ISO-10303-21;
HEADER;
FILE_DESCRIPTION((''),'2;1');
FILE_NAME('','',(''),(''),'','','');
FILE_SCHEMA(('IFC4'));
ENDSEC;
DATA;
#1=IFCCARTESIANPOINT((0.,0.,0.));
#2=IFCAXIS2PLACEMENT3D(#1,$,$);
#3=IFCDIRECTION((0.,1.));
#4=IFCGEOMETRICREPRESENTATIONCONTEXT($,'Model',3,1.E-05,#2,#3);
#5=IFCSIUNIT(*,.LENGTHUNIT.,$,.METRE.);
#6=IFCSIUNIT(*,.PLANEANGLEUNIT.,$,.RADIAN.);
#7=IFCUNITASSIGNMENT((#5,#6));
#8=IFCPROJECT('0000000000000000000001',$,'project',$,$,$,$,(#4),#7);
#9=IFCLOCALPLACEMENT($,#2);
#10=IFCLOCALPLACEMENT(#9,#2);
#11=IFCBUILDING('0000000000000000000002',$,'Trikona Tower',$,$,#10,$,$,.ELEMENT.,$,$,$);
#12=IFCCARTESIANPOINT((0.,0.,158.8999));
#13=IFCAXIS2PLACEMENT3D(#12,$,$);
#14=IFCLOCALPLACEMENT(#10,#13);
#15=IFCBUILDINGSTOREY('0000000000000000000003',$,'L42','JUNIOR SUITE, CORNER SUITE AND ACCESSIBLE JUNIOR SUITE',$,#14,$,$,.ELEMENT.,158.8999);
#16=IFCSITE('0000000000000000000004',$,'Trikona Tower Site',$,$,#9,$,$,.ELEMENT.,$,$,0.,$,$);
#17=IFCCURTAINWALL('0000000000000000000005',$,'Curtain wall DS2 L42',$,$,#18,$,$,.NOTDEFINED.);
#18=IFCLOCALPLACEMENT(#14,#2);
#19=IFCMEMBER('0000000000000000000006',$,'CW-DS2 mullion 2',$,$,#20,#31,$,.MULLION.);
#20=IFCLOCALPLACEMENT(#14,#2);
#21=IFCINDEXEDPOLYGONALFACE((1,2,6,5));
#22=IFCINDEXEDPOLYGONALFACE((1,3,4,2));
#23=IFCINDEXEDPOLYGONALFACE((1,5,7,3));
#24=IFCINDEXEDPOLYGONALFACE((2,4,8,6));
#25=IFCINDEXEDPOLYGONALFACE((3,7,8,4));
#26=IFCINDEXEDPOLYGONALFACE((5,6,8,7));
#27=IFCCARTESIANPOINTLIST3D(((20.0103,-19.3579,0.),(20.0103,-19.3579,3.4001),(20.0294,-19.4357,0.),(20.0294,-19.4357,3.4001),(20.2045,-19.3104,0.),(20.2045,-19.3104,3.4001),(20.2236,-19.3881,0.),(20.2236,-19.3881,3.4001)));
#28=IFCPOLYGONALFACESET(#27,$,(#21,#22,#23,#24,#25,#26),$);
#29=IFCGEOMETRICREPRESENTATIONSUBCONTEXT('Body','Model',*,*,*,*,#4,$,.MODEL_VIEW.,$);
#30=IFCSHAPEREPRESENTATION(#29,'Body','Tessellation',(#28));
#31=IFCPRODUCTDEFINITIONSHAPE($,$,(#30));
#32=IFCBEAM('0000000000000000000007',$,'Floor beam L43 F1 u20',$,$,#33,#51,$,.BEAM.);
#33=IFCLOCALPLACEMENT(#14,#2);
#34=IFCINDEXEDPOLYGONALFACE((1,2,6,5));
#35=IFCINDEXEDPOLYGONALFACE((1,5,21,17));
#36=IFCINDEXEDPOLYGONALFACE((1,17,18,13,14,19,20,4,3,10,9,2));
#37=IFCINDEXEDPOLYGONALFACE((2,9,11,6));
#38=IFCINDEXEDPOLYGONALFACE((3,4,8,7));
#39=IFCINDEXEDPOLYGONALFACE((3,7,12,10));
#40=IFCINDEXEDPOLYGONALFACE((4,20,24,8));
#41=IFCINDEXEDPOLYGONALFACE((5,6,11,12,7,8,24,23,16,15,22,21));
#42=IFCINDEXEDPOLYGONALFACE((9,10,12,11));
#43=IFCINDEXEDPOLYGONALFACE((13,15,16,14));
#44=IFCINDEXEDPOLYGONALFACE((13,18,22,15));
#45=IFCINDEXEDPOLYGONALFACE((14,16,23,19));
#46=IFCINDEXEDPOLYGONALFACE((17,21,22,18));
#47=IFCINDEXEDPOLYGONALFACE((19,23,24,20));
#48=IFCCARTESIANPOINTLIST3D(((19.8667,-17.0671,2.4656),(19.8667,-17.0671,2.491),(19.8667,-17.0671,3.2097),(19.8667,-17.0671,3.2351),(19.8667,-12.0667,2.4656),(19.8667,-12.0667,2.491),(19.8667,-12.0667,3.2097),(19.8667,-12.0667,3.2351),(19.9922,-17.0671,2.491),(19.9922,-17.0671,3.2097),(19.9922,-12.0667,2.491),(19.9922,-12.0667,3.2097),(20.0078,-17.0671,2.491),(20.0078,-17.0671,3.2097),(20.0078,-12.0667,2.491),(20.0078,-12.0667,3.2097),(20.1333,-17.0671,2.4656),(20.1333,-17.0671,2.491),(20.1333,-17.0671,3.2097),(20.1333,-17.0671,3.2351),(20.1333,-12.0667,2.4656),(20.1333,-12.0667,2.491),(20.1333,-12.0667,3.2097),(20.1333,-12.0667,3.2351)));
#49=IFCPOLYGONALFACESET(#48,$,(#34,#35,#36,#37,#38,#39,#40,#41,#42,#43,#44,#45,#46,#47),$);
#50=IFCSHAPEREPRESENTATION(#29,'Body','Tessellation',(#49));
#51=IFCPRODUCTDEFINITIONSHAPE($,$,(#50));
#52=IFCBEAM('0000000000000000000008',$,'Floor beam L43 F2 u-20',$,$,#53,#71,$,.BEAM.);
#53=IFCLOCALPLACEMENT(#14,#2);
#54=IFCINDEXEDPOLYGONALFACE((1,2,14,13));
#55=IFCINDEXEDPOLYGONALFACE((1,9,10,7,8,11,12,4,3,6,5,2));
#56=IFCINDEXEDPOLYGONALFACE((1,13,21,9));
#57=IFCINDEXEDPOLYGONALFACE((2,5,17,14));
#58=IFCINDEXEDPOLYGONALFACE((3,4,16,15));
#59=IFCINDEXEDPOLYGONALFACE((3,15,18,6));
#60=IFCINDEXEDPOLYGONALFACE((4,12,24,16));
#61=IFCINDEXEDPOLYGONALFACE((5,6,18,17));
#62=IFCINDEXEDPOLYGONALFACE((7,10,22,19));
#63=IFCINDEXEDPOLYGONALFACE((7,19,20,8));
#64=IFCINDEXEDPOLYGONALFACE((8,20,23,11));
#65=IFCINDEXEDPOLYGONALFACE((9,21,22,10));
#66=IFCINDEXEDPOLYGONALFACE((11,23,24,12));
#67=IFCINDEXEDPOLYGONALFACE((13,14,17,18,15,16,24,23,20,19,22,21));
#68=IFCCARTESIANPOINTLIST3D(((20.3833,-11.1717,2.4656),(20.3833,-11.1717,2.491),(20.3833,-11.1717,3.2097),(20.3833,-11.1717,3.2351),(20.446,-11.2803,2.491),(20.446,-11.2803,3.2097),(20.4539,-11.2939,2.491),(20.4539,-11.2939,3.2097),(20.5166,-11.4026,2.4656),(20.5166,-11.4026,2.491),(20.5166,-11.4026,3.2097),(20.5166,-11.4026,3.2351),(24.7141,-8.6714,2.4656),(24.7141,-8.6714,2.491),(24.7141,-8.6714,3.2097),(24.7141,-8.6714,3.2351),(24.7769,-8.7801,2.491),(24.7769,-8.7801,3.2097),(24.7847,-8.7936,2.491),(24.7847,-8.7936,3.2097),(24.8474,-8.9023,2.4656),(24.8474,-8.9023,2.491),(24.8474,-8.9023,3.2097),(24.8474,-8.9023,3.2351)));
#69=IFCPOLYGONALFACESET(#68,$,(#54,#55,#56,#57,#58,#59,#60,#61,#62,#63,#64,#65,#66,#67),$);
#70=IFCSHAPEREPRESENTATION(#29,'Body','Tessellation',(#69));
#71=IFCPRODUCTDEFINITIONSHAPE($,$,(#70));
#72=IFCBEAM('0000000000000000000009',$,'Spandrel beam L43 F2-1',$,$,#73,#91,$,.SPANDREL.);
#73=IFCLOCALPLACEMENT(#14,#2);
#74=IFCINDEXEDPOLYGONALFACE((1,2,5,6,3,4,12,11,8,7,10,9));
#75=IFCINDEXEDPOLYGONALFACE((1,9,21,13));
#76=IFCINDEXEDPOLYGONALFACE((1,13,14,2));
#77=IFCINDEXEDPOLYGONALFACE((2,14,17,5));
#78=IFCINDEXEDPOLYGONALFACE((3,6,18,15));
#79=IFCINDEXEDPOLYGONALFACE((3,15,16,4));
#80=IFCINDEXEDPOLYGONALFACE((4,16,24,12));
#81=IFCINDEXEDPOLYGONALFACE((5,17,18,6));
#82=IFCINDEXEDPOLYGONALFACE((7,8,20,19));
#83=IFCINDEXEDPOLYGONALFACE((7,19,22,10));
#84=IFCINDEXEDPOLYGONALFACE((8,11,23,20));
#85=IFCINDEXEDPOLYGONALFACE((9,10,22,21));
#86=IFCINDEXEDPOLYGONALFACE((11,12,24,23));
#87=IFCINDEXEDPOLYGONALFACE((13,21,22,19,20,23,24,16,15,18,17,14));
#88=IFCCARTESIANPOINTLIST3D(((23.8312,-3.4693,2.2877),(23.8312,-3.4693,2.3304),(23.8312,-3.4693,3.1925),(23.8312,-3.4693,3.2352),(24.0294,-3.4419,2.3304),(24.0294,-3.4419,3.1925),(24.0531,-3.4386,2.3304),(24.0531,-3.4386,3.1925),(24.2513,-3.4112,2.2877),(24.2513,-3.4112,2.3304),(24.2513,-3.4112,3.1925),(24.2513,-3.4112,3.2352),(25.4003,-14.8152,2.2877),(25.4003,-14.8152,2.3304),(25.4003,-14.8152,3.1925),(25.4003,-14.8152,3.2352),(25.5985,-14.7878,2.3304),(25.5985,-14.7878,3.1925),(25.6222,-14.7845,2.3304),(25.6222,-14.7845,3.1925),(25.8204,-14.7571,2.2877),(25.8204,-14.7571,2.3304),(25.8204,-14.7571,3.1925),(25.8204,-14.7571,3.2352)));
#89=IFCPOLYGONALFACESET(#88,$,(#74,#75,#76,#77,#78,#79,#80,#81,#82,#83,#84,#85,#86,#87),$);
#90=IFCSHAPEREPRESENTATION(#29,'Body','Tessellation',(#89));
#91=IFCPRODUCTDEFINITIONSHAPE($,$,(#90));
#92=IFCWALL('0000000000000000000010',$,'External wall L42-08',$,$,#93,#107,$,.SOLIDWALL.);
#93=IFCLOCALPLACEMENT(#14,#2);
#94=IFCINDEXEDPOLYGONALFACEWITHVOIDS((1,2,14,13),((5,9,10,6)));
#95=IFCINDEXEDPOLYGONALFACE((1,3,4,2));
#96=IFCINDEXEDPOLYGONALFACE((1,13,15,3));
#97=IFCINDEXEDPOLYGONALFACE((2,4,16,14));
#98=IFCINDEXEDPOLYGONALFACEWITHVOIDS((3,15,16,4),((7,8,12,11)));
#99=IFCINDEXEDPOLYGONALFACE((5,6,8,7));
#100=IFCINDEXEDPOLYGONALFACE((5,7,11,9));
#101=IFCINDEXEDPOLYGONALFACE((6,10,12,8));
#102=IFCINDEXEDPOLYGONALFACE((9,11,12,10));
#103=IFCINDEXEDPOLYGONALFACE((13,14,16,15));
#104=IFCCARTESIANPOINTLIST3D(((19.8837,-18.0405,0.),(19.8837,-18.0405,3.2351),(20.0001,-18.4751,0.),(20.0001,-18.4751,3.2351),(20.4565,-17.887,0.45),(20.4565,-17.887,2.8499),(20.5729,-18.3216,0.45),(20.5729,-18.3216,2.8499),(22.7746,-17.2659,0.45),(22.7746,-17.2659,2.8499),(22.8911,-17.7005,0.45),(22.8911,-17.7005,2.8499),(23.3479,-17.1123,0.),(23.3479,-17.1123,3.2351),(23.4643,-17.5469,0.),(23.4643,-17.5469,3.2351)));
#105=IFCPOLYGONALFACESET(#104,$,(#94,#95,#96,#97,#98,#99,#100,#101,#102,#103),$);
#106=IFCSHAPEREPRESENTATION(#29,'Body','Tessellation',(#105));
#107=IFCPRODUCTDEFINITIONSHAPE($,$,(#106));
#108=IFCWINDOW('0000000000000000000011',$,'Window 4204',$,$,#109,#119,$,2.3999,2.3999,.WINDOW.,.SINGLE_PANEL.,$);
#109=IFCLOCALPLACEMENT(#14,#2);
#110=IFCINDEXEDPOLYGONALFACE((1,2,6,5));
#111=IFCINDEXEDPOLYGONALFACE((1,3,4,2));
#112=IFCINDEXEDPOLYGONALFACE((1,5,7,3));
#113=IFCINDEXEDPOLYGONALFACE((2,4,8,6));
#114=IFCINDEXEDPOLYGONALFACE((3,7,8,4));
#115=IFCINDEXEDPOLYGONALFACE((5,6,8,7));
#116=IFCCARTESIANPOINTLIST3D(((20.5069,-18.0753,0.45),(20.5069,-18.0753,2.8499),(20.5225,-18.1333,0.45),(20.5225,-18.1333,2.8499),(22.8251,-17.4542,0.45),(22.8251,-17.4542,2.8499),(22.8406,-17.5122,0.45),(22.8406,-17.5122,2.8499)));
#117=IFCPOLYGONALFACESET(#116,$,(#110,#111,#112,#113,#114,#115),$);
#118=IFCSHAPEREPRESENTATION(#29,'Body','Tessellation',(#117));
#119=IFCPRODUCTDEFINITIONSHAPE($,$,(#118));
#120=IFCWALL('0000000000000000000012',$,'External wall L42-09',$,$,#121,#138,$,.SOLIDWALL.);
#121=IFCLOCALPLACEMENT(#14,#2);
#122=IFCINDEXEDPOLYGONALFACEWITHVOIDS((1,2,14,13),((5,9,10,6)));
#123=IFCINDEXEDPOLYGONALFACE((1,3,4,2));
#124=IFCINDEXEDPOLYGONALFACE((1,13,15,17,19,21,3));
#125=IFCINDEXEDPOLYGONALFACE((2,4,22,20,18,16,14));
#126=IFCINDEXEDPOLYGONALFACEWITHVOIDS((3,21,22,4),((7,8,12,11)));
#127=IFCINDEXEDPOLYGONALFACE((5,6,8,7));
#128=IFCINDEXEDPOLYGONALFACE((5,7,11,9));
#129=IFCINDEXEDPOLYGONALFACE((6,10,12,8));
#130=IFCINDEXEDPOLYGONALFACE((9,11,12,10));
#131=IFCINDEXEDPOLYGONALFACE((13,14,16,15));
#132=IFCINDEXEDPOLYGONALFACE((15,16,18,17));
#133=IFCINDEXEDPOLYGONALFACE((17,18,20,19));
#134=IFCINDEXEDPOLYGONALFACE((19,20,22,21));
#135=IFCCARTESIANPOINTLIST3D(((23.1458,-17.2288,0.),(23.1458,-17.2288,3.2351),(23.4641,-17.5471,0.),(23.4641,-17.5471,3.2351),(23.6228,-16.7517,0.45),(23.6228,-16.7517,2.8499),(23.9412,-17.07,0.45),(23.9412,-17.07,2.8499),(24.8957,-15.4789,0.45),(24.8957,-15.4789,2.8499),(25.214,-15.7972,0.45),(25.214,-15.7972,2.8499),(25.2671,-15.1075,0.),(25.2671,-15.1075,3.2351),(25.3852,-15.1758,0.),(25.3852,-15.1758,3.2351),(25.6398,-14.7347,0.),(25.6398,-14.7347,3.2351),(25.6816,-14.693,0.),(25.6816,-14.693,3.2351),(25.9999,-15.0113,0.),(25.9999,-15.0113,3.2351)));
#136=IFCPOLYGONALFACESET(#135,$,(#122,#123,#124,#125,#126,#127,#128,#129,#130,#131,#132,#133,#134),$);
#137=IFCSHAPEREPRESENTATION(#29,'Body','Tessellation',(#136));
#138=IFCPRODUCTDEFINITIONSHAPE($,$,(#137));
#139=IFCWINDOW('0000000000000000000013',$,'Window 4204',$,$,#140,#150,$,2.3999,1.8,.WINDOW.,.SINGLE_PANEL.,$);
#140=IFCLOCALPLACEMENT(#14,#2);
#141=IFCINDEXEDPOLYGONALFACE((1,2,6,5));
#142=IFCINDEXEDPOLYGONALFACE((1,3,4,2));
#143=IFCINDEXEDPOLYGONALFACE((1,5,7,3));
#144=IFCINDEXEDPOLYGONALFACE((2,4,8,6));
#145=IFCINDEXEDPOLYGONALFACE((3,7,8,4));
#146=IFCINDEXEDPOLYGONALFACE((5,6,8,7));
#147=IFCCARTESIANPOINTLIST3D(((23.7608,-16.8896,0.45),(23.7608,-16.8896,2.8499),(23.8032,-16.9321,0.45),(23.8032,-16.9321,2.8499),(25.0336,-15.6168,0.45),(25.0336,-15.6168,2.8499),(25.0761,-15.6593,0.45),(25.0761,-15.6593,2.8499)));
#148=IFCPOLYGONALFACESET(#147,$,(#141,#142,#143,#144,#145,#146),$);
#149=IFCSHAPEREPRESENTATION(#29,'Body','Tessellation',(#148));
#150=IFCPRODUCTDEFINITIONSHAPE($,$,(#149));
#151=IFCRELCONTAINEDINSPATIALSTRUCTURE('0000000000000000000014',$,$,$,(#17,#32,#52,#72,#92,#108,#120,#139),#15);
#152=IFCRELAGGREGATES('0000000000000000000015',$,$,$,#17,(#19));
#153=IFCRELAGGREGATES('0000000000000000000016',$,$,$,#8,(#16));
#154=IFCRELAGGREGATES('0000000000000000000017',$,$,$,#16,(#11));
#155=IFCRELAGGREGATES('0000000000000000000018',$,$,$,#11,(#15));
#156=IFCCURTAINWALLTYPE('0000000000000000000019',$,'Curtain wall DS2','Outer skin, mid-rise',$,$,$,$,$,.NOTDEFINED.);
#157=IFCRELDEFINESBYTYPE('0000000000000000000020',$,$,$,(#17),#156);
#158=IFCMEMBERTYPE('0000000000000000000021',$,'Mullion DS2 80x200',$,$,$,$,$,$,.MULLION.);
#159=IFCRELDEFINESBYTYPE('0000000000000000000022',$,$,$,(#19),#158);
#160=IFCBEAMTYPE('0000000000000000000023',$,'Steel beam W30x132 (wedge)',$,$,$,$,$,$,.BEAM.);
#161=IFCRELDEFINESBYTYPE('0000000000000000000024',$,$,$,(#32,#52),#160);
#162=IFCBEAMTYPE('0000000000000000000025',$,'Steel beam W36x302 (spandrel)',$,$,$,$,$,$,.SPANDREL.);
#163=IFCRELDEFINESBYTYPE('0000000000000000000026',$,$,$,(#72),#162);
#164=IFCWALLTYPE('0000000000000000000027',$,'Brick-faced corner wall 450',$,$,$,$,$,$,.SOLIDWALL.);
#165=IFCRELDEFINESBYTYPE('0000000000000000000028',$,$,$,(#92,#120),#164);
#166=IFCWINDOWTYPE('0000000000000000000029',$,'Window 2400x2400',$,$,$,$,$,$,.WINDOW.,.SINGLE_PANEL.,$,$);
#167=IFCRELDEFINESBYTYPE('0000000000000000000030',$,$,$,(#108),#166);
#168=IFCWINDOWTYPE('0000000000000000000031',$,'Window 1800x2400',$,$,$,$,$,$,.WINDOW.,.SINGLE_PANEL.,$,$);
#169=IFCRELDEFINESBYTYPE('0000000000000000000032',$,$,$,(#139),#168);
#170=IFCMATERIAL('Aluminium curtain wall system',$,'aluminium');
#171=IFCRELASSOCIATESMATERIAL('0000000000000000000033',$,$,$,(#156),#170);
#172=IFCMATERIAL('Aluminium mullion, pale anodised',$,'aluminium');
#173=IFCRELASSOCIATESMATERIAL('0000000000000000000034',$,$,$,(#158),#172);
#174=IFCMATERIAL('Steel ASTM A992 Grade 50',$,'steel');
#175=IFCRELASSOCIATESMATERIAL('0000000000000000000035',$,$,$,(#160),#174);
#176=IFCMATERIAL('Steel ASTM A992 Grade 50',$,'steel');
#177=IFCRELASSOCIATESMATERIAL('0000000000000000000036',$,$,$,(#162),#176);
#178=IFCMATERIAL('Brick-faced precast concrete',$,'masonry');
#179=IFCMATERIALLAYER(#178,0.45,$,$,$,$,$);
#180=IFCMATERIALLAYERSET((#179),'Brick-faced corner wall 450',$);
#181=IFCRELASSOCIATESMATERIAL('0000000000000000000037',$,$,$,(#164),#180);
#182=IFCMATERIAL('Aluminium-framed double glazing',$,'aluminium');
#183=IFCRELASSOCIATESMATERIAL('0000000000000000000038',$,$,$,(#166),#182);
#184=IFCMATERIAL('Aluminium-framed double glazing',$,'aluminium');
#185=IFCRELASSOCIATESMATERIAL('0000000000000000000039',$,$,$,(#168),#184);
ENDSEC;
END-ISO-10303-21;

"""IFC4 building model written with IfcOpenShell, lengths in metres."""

from ifc_helpers import new_model, si_unit, direction, frame, frame_2d, origin, origin_2d, place, context, subcontext, project, spatial, polyline, rectangle, i_section, outline, extrude, material, layer, layer_set, material_profile, profile_set, type_object, element, fill, aggregate, save


model = new_model("IFC4")

# Units and contexts
model_context = context("Model", 3, precision=1e-05, world=origin(), true_north=direction((0.0, 1.0)))
body_context = subcontext(model_context, "Body", "Model", "MODEL_VIEW")
ifc_project = project(units=[si_unit("LENGTHUNIT", "METRE"), si_unit("PLANEANGLEUNIT", "RADIAN")], contexts=[model_context])

# Site, building, storey
site_placement = place(None, origin())
site = spatial("IfcSite", under=ifc_project, at=site_placement, Name="Trikona Tower Site", CompositionType="ELEMENT", RefElevation=0.0)
building_placement = place(site_placement, origin())
building = spatial("IfcBuilding", under=site, at=building_placement, Name="Trikona Tower", CompositionType="ELEMENT")
storey_placement = place(building_placement, frame((0.0, 0.0, 158.8999)))
storey = spatial("IfcBuildingStorey", under=building, at=storey_placement, Name="L42", Description="JUNIOR SUITE, CORNER SUITE AND ACCESSIBLE JUNIOR SUITE", CompositionType="ELEMENT", Elevation=158.8999)

# Curtain wall, member
ifc_material_1 = material(Name="Aluminium curtain wall system", Category="aluminium")
curtain_wall_type = type_object("IfcCurtainWallType", Name="Curtain wall DS2", Description="Outer skin, mid-rise", PredefinedType="NOTDEFINED", material=ifc_material_1)
curtain_wall_placement = place(storey_placement, origin())
curtain_wall = element("IfcCurtainWall", 1, at=curtain_wall_placement, inside=storey, type_object=curtain_wall_type, Name="Curtain wall DS2 L42", PredefinedType="NOTDEFINED")
ifc_material_2 = material(Name="Aluminium mullion, pale anodised", Category="aluminium")
ifc_material_profile_1 = material_profile(ifc_material_2, rectangle(XDim=0.0801, YDim=0.2, at=origin_2d()), Name="MUL-DS2")
ifc_profile_set_1 = profile_set([ifc_material_profile_1], Name="Aluminium mullion, pale anodised")
member_type = type_object("IfcMemberType", Name="Mullion DS2 80x200", PredefinedType="MULLION", material=ifc_profile_set_1)
member_placement = place(storey_placement, frame((20.1169, -19.373, 0.0), z_axis=(0.0, 0.0, 1.0), x_axis=(-0.23797, 0.971272, 0.0)))
member = element("IfcMember", 2, at=member_placement, type_object=member_type, Name="CW-DS2 mullion 2", PredefinedType="MULLION", context=body_context, shape_type="SweptSolid", body=[
    extrude(rectangle(XDim=0.0801, YDim=0.2, at=origin_2d()), origin(), (0.0, 0.0, 1.0), 3.4001),
])
aggregate(curtain_wall, [member])

# Beams
ifc_material_3 = material(Name="Steel ASTM A992 Grade 50", Category="steel")
ifc_material_profile_2 = material_profile(ifc_material_3, i_section(OverallWidth=0.2666, OverallDepth=0.7695, WebThickness=0.0156, FlangeThickness=0.0254, at=origin_2d()), Name="W30X132")
ifc_profile_set_2 = profile_set([ifc_material_profile_2], Name="Steel ASTM A992 Grade 50")
beam_type_1 = type_object("IfcBeamType", Name="Steel beam W30x132 (wedge)", PredefinedType="BEAM", material=ifc_profile_set_2)
beam_1_placement = place(storey_placement, frame((20.0, -12.0667, 2.8503), z_axis=(0.0, -1.0, 0.0), x_axis=(1.0, 0.0, 0.0)))
element("IfcBeam", 3, at=beam_1_placement, inside=storey, type_object=beam_type_1, Name="Floor beam L43 F1 u20", PredefinedType="BEAM", context=body_context, shape_type="SweptSolid", body=[
    extrude(i_section(OverallWidth=0.2666, OverallDepth=0.7695, WebThickness=0.0156, FlangeThickness=0.0254, at=origin_2d()), origin(), (0.0, 0.0, 1.0), 5.0005),
])
beam_2_placement = place(storey_placement, frame((20.45, -11.2871, 2.8503), z_axis=(0.866038, 0.499977, 0.0), x_axis=(-0.499977, 0.866038, 0.0)))
element("IfcBeam", 4, at=beam_2_placement, inside=storey, type_object=beam_type_1, Name="Floor beam L43 F2 u-20", PredefinedType="BEAM", context=body_context, shape_type="SweptSolid", body=[
    extrude(i_section(OverallWidth=0.2666, OverallDepth=0.7695, WebThickness=0.0156, FlangeThickness=0.0254, at=origin_2d()), origin(), (0.0, 0.0, 1.0), 5.0007),
])
ifc_material_4 = material(Name="Steel ASTM A992 Grade 50", Category="steel")
ifc_material_profile_3 = material_profile(ifc_material_4, i_section(OverallWidth=0.4241, OverallDepth=0.9475, WebThickness=0.0239, FlangeThickness=0.0427, at=origin_2d()), Name="W36X302")
ifc_profile_set_3 = profile_set([ifc_material_profile_3], Name="Steel ASTM A992 Grade 50")
beam_type_2 = type_object("IfcBeamType", Name="Steel beam W36x302 (spandrel)", PredefinedType="SPANDREL", material=ifc_profile_set_3)
beam_3_placement = place(storey_placement, frame((25.6104, -14.7861, 2.7615), z_axis=(-0.136992, 0.990572, 0.0), x_axis=(-0.990572, -0.136992, 0.0)))
element("IfcBeam", 5, at=beam_3_placement, inside=storey, type_object=beam_type_2, Name="Spandrel beam L43 F2-1", PredefinedType="SPANDREL", context=body_context, shape_type="SweptSolid", body=[
    extrude(i_section(OverallWidth=0.4241, OverallDepth=0.9475, WebThickness=0.0239, FlangeThickness=0.0427, at=origin_2d()), origin(), (0.0, 0.0, 1.0), 11.4539),
])

# Walls, openings, windows
ifc_material_5 = material(Name="Brick-faced precast concrete", Category="masonry")
ifc_layer_1 = layer(ifc_material_5, 0.45)
ifc_layer_set_1 = layer_set([ifc_layer_1], Name="Brick-faced corner wall 450")
wall_type_1 = type_object("IfcWallType", Name="Brick-faced corner wall 450", PredefinedType="SOLIDWALL", material=ifc_layer_set_1)
wall_1_placement = place(storey_placement, frame((19.9419, -18.2578, 0.0), z_axis=(0.0, 0.0, 1.0), x_axis=(0.965925, 0.258823, 0.0)))
wall_1 = element("IfcWall", 6, at=wall_1_placement, inside=storey, type_object=wall_type_1, Name="External wall L42-08", PredefinedType="SOLIDWALL", context=body_context, shape_type="SweptSolid", body=[
    extrude(rectangle(XDim=3.5864, YDim=0.45, at=frame_2d((1.7932, 0.0))), origin(), (0.0, 0.0, 1.0), 3.2351),
])
opening_1_placement = place(wall_1_placement, frame((0.593, 0.0, 0.45)))
opening_1 = element("IfcOpeningElement", 7, at=opening_1_placement, cuts=wall_1, PredefinedType="OPENING", context=body_context, shape_type="SweptSolid", body=[
    extrude(rectangle(XDim=2.3999, YDim=2.3999, at=frame_2d((1.2, 1.2))), frame((0.0, 0.2349, 0.0), z_axis=(0.0, -1.0, 0.0), x_axis=(1.0, 0.0, 0.0)), (0.0, 0.0, 1.0), 0.47),
])
ifc_material_6 = material(Name="Aluminium-framed double glazing", Category="aluminium")
window_type_1 = type_object("IfcWindowType", Name="Window 2400x2400", PartitioningType="SINGLE_PANEL", PredefinedType="WINDOW", material=ifc_material_6)
window_1_placement = place(opening_1_placement, origin())
window_1 = element("IfcWindow", 8, at=window_1_placement, inside=storey, type_object=window_type_1, Name="Window 4204", OverallHeight=2.3999, OverallWidth=2.3999, PartitioningType="SINGLE_PANEL", PredefinedType="WINDOW", context=body_context, shape_type="SweptSolid", body=[
    extrude(rectangle(XDim=2.3999, YDim=2.3999, at=frame_2d((1.2, 1.2))), frame((0.0, 0.03, 0.0), z_axis=(0.0, -1.0, 0.0), x_axis=(1.0, 0.0, 0.0)), (0.0, 0.0, 1.0), 0.0601),
])
fill(opening_1, window_1)
wall_2_placement = place(storey_placement, frame((23.3049, -17.3879, 0.0), z_axis=(0.0, 0.0, 1.0), x_axis=(0.707107, 0.707107, 0.0)))
wall_2 = element("IfcWall", 9, at=wall_2_placement, inside=storey, type_object=wall_type_1, Name="External wall L42-09", PredefinedType="SOLIDWALL", context=body_context, shape_type="SweptSolid", body=[
    extrude(outline(polyline([(3.5862, 0.2251), (3.5271, 0.2251), (3.0352, 0.0933), (3.0, 0.2251), (0.0, 0.2251), (0.0, -0.2251), (3.5862, -0.2251), (3.5862, 0.2251)])), origin(), (0.0, 0.0, 1.0), 3.2351),
])
opening_2_placement = place(wall_2_placement, frame((0.6748, 0.0, 0.45)))
opening_2 = element("IfcOpeningElement", 10, at=opening_2_placement, cuts=wall_2, PredefinedType="OPENING", context=body_context, shape_type="SweptSolid", body=[
    extrude(rectangle(XDim=1.8, YDim=2.3999, at=frame_2d((0.8999, 1.2))), frame((0.0, 0.2349, 0.0), z_axis=(0.0, -1.0, 0.0), x_axis=(1.0, 0.0, 0.0)), (0.0, 0.0, 1.0), 0.47),
])
ifc_material_7 = material(Name="Aluminium-framed double glazing", Category="aluminium")
window_type_2 = type_object("IfcWindowType", Name="Window 1800x2400", PartitioningType="SINGLE_PANEL", PredefinedType="WINDOW", material=ifc_material_7)
window_2_placement = place(opening_2_placement, origin())
window_2 = element("IfcWindow", 11, at=window_2_placement, inside=storey, type_object=window_type_2, Name="Window 4204", OverallHeight=2.3999, OverallWidth=1.8, PartitioningType="SINGLE_PANEL", PredefinedType="WINDOW", context=body_context, shape_type="SweptSolid", body=[
    extrude(rectangle(XDim=1.8, YDim=2.3999, at=frame_2d((0.8999, 1.2))), frame((0.0, 0.03, 0.0), z_axis=(0.0, -1.0, 0.0), x_axis=(1.0, 0.0, 0.0)), (0.0, 0.0, 1.0), 0.0601),
])
fill(opening_2, window_2)

save(model, "model.ifc")
